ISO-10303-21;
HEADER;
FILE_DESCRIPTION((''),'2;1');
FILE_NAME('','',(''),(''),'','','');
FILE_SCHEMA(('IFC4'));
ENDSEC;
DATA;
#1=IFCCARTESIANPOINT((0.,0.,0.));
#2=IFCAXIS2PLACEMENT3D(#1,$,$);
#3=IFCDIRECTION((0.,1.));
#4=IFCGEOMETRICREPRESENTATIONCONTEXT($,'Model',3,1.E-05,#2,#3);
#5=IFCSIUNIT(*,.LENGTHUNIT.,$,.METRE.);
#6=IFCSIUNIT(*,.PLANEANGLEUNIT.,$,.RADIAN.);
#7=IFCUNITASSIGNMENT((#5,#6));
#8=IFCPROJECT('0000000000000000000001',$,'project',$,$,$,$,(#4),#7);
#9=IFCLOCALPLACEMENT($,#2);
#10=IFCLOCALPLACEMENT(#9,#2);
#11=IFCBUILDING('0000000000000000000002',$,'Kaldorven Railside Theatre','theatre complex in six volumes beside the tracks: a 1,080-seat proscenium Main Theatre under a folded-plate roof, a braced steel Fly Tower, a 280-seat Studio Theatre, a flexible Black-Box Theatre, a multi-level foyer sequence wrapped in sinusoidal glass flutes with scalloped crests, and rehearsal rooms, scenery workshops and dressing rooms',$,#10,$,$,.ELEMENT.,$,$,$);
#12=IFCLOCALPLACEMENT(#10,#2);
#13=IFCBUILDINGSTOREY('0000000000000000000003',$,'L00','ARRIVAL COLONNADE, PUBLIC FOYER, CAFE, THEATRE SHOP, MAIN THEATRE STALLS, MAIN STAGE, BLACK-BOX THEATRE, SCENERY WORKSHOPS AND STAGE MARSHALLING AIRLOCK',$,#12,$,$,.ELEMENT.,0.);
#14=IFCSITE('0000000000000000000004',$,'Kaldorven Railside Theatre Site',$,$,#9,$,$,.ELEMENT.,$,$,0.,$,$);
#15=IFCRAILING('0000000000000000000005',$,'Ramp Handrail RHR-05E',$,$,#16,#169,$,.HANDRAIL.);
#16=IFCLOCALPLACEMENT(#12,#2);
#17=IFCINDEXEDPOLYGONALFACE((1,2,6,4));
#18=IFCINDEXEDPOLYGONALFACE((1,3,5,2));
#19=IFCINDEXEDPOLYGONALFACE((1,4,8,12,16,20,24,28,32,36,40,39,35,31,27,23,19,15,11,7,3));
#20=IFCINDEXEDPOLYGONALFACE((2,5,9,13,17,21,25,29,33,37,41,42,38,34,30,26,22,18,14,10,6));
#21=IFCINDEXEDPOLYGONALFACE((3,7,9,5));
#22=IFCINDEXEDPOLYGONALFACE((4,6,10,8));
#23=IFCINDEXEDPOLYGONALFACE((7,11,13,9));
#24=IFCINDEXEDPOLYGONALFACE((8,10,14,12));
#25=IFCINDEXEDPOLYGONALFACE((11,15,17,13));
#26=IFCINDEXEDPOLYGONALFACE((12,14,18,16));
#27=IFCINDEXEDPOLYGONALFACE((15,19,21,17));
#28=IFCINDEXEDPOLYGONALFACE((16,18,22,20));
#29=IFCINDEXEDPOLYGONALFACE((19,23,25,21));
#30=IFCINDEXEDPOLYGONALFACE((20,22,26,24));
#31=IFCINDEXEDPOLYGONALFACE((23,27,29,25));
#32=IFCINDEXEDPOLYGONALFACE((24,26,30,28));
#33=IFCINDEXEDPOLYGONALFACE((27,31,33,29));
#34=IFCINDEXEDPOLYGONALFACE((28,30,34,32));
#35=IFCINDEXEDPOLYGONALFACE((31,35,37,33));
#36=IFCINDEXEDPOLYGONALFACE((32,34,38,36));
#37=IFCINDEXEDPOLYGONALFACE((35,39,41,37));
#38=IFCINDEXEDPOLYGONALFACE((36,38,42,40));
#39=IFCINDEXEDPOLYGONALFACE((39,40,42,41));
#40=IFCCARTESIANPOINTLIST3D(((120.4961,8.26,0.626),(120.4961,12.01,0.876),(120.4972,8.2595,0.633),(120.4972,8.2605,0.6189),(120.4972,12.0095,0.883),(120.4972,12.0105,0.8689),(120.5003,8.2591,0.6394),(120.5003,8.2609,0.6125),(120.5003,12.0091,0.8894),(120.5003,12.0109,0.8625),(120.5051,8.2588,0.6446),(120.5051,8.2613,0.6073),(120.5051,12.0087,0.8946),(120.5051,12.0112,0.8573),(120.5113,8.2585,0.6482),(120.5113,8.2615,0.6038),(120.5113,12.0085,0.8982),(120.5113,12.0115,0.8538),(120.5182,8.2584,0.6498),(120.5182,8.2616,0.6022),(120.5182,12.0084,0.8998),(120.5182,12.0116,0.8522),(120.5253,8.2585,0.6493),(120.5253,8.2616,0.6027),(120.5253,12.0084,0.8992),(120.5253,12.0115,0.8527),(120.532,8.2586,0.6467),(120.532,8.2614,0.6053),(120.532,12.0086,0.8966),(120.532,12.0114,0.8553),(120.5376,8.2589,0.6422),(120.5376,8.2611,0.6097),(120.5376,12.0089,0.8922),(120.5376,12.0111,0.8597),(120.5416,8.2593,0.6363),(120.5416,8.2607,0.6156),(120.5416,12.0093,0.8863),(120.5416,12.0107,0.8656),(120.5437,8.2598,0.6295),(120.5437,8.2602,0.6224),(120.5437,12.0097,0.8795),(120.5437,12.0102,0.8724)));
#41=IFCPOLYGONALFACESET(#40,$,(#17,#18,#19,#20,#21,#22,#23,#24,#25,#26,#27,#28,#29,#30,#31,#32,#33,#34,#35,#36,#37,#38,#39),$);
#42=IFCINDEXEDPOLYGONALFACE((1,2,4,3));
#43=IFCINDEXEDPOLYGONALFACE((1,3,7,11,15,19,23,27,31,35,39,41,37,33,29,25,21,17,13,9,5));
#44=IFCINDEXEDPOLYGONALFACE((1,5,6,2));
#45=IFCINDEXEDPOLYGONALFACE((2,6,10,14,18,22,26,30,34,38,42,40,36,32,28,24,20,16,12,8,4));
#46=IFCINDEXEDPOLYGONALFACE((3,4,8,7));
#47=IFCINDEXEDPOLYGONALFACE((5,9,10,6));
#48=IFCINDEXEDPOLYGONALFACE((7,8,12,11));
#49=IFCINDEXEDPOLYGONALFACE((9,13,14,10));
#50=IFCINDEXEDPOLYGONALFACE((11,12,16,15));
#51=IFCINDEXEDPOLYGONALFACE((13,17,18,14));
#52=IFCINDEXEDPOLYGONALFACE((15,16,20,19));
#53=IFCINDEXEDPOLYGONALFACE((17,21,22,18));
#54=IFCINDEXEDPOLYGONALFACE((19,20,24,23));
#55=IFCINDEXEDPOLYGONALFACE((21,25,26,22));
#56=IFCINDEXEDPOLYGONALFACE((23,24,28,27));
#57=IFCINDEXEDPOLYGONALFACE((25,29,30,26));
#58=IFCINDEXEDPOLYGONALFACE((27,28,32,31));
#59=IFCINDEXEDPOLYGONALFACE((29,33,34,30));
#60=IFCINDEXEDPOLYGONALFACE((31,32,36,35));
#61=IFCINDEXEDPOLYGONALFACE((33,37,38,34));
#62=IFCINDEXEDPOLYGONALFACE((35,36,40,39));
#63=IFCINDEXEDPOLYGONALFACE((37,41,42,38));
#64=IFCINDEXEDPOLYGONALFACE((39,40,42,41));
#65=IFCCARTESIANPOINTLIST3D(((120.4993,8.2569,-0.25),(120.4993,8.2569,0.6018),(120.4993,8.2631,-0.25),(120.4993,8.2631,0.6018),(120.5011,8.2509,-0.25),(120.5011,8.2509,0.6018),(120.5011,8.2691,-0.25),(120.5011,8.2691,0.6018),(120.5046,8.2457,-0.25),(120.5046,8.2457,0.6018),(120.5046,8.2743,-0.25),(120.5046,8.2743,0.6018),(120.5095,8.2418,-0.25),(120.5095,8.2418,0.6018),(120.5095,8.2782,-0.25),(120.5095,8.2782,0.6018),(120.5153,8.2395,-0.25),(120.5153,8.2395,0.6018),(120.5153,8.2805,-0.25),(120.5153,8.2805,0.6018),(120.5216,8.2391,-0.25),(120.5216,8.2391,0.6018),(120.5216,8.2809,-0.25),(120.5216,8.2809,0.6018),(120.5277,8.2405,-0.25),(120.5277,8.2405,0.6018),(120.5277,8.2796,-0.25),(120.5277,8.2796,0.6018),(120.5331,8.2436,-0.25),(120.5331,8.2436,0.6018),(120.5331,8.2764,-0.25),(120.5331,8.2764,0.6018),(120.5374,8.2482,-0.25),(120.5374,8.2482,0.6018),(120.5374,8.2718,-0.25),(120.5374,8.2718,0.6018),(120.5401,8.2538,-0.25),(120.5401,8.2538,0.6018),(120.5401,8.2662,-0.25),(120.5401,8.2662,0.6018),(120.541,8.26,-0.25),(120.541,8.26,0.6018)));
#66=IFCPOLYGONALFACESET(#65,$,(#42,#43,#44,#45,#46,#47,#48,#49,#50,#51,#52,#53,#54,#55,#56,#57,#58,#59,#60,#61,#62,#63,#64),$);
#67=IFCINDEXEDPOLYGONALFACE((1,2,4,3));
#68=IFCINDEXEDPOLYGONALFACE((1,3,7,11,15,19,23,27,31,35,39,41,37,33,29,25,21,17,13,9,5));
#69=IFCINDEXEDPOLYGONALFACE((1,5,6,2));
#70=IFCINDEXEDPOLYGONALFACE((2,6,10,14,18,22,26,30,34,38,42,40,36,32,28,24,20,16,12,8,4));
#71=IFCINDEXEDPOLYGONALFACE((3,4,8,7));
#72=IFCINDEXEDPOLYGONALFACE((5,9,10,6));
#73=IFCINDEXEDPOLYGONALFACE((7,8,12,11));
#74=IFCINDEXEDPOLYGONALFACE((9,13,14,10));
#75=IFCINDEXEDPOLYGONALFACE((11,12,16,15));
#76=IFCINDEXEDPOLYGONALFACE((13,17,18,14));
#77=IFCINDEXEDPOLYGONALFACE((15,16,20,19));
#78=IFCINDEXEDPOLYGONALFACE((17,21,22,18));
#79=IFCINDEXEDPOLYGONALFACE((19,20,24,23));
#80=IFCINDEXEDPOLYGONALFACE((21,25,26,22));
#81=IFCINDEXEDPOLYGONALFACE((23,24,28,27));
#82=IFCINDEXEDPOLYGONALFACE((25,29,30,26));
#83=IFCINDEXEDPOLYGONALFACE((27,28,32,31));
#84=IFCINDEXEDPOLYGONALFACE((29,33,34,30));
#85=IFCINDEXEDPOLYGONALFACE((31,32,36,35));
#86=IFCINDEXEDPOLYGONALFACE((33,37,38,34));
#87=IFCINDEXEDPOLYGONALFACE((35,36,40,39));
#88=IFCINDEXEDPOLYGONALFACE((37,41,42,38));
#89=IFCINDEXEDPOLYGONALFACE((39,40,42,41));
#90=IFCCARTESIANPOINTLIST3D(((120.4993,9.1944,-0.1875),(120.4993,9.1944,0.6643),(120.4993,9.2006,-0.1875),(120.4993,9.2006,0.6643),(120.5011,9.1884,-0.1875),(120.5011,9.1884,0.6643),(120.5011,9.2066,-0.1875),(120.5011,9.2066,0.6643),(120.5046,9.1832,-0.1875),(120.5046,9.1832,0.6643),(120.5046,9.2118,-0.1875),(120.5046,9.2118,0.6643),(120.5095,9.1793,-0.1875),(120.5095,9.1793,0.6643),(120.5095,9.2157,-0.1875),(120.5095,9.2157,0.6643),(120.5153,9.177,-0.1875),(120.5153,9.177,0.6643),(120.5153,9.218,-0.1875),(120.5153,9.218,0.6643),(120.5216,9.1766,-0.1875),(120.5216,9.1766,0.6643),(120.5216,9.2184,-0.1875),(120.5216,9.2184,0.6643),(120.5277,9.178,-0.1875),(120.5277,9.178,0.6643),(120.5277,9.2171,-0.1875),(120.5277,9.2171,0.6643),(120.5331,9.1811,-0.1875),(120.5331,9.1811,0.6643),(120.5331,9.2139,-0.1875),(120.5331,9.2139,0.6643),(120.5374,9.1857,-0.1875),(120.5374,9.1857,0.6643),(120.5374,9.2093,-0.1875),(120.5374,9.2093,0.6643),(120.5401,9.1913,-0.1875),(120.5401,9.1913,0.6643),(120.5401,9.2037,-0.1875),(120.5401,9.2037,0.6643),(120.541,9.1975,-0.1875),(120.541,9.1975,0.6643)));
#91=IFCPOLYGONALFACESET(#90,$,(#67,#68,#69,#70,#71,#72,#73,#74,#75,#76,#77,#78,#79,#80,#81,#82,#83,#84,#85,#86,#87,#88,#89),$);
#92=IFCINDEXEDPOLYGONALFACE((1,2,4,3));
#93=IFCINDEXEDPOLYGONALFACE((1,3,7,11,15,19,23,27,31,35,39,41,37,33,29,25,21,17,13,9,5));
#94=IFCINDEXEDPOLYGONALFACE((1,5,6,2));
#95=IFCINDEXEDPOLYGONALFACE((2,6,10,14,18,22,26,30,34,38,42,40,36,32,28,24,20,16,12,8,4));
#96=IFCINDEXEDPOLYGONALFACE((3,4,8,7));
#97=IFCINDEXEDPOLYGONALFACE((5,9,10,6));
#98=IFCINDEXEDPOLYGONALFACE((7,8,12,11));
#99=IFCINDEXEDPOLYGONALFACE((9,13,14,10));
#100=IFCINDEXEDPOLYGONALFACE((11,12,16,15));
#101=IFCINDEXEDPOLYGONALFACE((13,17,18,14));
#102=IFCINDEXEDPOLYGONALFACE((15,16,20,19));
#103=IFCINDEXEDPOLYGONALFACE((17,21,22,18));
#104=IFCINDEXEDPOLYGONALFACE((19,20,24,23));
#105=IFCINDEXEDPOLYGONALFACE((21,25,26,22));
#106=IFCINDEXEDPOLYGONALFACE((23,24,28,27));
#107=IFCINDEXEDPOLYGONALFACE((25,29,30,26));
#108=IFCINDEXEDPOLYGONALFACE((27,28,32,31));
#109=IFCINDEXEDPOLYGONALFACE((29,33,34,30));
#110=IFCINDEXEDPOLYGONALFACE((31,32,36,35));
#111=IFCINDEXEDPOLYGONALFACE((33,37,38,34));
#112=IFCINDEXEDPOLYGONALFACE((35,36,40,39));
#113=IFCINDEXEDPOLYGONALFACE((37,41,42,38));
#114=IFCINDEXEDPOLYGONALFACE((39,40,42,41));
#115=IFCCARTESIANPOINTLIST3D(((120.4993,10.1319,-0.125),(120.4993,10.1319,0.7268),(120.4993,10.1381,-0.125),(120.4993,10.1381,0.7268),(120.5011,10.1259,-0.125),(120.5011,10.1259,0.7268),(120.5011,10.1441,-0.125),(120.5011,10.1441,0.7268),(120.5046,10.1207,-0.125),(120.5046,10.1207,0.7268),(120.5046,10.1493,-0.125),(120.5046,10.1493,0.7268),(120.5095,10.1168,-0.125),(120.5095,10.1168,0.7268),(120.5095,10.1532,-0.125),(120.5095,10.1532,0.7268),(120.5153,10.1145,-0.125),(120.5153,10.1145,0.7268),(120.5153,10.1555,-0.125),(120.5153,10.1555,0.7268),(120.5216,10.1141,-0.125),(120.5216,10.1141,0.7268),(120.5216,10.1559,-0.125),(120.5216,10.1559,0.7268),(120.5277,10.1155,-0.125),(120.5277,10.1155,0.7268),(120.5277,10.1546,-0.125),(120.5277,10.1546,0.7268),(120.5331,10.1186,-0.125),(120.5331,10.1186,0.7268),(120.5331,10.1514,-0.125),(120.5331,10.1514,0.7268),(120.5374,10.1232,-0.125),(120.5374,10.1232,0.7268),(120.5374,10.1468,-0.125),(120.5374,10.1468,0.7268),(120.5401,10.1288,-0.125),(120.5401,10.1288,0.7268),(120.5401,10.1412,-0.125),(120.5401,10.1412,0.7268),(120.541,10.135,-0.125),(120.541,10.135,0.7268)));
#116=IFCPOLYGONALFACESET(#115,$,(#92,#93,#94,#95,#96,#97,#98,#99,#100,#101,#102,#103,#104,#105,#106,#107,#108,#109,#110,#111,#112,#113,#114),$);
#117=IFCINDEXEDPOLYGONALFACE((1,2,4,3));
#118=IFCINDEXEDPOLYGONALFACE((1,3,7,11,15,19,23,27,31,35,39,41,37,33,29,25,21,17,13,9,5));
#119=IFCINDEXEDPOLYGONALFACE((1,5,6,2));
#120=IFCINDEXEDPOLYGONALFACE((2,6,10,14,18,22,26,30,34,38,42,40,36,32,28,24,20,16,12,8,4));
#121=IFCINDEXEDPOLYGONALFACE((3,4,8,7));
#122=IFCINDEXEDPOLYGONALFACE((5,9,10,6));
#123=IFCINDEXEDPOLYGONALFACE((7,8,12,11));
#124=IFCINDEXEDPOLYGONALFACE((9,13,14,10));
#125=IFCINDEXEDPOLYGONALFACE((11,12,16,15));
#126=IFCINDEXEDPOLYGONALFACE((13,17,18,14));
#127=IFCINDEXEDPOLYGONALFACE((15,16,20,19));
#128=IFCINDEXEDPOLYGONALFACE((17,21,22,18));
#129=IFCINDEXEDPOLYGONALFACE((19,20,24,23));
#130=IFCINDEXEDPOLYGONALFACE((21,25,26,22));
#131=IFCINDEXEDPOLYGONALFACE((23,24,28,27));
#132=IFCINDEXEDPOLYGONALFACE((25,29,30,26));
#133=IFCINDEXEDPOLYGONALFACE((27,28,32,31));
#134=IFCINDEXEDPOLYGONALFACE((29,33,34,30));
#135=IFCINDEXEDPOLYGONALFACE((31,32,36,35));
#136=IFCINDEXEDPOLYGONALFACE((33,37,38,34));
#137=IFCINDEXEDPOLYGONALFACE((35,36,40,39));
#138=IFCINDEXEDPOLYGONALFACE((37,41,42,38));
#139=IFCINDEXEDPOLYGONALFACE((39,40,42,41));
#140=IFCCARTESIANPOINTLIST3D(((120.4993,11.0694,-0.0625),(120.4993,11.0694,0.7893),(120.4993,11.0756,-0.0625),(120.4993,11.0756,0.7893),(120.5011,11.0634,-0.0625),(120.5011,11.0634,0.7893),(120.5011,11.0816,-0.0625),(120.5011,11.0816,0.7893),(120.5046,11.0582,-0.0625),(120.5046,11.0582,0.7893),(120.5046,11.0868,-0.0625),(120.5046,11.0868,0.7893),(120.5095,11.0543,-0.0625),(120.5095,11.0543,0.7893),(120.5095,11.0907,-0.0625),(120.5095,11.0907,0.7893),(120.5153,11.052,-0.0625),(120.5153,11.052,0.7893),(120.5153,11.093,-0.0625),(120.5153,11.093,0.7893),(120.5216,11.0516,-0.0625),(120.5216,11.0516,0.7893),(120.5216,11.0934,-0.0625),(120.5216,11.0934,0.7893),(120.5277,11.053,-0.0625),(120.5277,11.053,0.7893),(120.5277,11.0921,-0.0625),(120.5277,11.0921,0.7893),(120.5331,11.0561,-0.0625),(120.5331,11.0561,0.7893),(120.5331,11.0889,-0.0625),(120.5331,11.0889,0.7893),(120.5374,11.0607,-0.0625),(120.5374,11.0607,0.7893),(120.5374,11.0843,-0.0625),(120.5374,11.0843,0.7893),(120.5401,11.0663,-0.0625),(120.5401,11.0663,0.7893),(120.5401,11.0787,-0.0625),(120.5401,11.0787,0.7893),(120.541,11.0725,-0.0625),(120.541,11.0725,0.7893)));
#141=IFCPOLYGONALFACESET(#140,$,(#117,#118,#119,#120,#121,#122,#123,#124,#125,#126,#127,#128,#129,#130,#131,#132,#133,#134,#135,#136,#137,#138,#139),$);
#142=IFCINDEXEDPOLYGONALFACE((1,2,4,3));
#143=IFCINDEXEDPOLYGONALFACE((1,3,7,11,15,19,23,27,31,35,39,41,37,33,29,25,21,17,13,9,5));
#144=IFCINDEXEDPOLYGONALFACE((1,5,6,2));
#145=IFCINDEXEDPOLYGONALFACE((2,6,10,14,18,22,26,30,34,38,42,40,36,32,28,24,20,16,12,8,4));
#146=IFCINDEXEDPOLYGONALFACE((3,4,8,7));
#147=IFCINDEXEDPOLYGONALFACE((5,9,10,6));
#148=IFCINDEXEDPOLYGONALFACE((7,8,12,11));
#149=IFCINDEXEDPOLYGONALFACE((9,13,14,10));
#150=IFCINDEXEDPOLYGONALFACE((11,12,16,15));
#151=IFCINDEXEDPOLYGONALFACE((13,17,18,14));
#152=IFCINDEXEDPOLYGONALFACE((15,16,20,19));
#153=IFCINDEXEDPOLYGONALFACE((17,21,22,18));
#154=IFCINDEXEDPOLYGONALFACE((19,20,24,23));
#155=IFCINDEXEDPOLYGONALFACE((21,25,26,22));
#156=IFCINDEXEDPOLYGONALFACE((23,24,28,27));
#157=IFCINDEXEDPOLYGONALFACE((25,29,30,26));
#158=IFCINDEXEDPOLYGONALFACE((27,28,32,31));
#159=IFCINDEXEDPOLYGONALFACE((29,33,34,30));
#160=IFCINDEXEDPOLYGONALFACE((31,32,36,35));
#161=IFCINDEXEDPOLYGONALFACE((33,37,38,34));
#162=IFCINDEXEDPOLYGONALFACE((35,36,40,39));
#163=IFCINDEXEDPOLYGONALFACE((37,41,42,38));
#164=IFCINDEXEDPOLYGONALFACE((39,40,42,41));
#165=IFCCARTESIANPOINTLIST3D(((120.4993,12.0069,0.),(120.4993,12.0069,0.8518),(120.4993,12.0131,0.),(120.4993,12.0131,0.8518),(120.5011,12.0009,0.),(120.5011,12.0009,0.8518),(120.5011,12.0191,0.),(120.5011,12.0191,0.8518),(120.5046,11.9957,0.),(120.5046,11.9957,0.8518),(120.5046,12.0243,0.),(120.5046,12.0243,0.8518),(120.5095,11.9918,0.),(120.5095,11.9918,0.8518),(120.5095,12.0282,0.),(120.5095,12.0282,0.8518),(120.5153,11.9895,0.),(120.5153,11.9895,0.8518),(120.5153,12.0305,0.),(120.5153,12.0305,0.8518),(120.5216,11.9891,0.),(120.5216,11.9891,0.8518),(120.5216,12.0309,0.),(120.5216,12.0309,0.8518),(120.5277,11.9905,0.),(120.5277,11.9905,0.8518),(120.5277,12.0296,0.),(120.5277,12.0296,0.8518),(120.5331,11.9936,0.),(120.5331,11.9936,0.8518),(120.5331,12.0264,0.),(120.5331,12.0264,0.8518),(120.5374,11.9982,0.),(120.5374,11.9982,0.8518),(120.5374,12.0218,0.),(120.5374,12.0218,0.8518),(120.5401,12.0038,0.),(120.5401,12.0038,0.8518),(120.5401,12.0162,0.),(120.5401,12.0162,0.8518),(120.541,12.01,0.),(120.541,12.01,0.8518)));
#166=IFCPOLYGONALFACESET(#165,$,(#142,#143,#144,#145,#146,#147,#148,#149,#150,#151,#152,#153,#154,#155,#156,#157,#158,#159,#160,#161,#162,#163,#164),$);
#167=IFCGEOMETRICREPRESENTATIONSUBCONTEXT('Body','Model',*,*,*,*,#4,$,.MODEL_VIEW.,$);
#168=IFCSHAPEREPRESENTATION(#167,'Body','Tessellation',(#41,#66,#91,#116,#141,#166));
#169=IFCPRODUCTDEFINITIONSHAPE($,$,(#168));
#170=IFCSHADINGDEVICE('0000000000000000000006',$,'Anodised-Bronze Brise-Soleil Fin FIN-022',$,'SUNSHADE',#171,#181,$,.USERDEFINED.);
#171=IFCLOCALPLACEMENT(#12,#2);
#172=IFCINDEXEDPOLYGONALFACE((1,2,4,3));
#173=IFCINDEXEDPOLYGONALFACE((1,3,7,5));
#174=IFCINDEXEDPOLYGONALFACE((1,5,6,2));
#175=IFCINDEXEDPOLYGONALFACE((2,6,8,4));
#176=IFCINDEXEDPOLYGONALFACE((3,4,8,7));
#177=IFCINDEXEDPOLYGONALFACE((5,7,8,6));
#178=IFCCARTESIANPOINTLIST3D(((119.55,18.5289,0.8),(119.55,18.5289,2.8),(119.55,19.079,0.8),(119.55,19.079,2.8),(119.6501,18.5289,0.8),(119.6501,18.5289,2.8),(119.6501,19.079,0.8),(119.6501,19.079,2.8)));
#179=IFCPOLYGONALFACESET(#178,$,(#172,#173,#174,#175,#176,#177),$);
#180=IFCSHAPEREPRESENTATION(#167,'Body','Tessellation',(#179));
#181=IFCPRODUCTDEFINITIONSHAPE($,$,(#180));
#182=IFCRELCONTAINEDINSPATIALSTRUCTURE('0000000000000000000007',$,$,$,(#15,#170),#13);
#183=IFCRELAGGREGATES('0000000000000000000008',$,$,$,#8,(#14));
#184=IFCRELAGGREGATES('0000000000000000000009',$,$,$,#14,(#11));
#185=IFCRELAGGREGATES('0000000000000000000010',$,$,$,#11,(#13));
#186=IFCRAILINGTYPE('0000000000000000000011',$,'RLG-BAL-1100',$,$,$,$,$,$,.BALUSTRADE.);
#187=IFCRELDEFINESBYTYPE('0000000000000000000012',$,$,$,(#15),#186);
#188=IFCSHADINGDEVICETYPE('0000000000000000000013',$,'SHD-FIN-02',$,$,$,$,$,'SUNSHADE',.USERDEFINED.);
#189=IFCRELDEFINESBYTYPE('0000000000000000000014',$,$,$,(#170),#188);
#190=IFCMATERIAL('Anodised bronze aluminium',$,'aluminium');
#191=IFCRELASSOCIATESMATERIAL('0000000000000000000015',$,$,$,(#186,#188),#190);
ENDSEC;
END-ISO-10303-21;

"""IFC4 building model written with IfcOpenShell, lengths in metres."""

from ifc_helpers import new_model, si_unit, direction, frame, origin, origin_2d, place, context, subcontext, project, spatial, rectangle, circle, extrude, material, type_object, element, save


model = new_model("IFC4")

# Units and contexts
model_context = context("Model", 3, precision=1e-05, world=origin(), true_north=direction((0.0, 1.0)))
body_context = subcontext(model_context, "Body", "Model", "MODEL_VIEW")
ifc_project = project(units=[si_unit("LENGTHUNIT", "METRE"), si_unit("PLANEANGLEUNIT", "RADIAN")], contexts=[model_context])

# Site, building, storey
site_placement = place(None, origin())
site = spatial("IfcSite", under=ifc_project, at=site_placement, Name="Kaldorven Railside Theatre Site", CompositionType="ELEMENT", RefElevation=0.0)
building_placement = place(site_placement, origin())
building = spatial("IfcBuilding", under=site, at=building_placement, Name="Kaldorven Railside Theatre", Description="theatre complex in six volumes beside the tracks: a 1,080-seat proscenium Main Theatre under a folded-plate roof, a braced steel Fly Tower, a 280-seat Studio Theatre, a flexible Black-Box Theatre, a multi-level foyer sequence wrapped in sinusoidal glass flutes with scalloped crests, and rehearsal rooms, scenery workshops and dressing rooms", CompositionType="ELEMENT")
storey_placement = place(building_placement, origin())
storey = spatial("IfcBuildingStorey", under=building, at=storey_placement, Name="L00", Description="ARRIVAL COLONNADE, PUBLIC FOYER, CAFE, THEATRE SHOP, MAIN THEATRE STALLS, MAIN STAGE, BLACK-BOX THEATRE, SCENERY WORKSHOPS AND STAGE MARSHALLING AIRLOCK", CompositionType="ELEMENT", Elevation=0.0)

# Railing
ifc_material_1 = material(Name="Anodised bronze aluminium", Category="aluminium")
railing_type = type_object("IfcRailingType", Name="RLG-BAL-1100", PredefinedType="BALUSTRADE", material=ifc_material_1)
for number, where, name in (
    (1, (120.52, 8.26, -0.25), "Ramp Handrail RHR-05E"),
):
    element("IfcRailing", number, at=place(storey_placement, frame(where)), inside=storey, type_object=railing_type, Name=name, PredefinedType="HANDRAIL", context=body_context, shape_type="SweptSolid", body=[
        extrude(circle(Radius=0.0239, at=origin_2d()), frame((0.0, 0.0, 0.876), z_axis=(0.0, 0.997785, 0.066519), x_axis=(-1.0, 0.0, 0.0)), (0.0, 0.0, 1.0), 3.7583),
        extrude(circle(Radius=0.021, at=origin_2d()), origin(), (0.0, 0.0, 1.0), 0.8518),
        extrude(circle(Radius=0.021, at=origin_2d()), frame((0.0, 0.9375, 0.0625)), (0.0, 0.0, 1.0), 0.8518),
        extrude(circle(Radius=0.021, at=origin_2d()), frame((0.0, 1.875, 0.125)), (0.0, 0.0, 1.0), 0.8518),
        extrude(circle(Radius=0.021, at=origin_2d()), frame((0.0, 2.8125, 0.1875)), (0.0, 0.0, 1.0), 0.8518),
        extrude(circle(Radius=0.021, at=origin_2d()), frame((0.0, 3.75, 0.25)), (0.0, 0.0, 1.0), 0.8518),
    ])

# Shading device
shading_device_type = type_object("IfcShadingDeviceType", Name="SHD-FIN-02", ElementType="SUNSHADE", PredefinedType="USERDEFINED", material=ifc_material_1)
shading_device_placement = place(storey_placement, frame((119.6001, 18.804, 0.8), z_axis=(0.0, 0.0, 1.0), x_axis=(-1.0, 0.0, 0.0)))
element("IfcShadingDevice", 2, at=shading_device_placement, inside=storey, type_object=shading_device_type, Name="Anodised-Bronze Brise-Soleil Fin FIN-022", ObjectType="SUNSHADE", PredefinedType="USERDEFINED", context=body_context, shape_type="SweptSolid", body=[
    extrude(rectangle(XDim=0.1001, YDim=0.55, at=origin_2d()), origin(), (0.0, 0.0, 1.0), 2.0),
])

save(model, "model.ifc")
